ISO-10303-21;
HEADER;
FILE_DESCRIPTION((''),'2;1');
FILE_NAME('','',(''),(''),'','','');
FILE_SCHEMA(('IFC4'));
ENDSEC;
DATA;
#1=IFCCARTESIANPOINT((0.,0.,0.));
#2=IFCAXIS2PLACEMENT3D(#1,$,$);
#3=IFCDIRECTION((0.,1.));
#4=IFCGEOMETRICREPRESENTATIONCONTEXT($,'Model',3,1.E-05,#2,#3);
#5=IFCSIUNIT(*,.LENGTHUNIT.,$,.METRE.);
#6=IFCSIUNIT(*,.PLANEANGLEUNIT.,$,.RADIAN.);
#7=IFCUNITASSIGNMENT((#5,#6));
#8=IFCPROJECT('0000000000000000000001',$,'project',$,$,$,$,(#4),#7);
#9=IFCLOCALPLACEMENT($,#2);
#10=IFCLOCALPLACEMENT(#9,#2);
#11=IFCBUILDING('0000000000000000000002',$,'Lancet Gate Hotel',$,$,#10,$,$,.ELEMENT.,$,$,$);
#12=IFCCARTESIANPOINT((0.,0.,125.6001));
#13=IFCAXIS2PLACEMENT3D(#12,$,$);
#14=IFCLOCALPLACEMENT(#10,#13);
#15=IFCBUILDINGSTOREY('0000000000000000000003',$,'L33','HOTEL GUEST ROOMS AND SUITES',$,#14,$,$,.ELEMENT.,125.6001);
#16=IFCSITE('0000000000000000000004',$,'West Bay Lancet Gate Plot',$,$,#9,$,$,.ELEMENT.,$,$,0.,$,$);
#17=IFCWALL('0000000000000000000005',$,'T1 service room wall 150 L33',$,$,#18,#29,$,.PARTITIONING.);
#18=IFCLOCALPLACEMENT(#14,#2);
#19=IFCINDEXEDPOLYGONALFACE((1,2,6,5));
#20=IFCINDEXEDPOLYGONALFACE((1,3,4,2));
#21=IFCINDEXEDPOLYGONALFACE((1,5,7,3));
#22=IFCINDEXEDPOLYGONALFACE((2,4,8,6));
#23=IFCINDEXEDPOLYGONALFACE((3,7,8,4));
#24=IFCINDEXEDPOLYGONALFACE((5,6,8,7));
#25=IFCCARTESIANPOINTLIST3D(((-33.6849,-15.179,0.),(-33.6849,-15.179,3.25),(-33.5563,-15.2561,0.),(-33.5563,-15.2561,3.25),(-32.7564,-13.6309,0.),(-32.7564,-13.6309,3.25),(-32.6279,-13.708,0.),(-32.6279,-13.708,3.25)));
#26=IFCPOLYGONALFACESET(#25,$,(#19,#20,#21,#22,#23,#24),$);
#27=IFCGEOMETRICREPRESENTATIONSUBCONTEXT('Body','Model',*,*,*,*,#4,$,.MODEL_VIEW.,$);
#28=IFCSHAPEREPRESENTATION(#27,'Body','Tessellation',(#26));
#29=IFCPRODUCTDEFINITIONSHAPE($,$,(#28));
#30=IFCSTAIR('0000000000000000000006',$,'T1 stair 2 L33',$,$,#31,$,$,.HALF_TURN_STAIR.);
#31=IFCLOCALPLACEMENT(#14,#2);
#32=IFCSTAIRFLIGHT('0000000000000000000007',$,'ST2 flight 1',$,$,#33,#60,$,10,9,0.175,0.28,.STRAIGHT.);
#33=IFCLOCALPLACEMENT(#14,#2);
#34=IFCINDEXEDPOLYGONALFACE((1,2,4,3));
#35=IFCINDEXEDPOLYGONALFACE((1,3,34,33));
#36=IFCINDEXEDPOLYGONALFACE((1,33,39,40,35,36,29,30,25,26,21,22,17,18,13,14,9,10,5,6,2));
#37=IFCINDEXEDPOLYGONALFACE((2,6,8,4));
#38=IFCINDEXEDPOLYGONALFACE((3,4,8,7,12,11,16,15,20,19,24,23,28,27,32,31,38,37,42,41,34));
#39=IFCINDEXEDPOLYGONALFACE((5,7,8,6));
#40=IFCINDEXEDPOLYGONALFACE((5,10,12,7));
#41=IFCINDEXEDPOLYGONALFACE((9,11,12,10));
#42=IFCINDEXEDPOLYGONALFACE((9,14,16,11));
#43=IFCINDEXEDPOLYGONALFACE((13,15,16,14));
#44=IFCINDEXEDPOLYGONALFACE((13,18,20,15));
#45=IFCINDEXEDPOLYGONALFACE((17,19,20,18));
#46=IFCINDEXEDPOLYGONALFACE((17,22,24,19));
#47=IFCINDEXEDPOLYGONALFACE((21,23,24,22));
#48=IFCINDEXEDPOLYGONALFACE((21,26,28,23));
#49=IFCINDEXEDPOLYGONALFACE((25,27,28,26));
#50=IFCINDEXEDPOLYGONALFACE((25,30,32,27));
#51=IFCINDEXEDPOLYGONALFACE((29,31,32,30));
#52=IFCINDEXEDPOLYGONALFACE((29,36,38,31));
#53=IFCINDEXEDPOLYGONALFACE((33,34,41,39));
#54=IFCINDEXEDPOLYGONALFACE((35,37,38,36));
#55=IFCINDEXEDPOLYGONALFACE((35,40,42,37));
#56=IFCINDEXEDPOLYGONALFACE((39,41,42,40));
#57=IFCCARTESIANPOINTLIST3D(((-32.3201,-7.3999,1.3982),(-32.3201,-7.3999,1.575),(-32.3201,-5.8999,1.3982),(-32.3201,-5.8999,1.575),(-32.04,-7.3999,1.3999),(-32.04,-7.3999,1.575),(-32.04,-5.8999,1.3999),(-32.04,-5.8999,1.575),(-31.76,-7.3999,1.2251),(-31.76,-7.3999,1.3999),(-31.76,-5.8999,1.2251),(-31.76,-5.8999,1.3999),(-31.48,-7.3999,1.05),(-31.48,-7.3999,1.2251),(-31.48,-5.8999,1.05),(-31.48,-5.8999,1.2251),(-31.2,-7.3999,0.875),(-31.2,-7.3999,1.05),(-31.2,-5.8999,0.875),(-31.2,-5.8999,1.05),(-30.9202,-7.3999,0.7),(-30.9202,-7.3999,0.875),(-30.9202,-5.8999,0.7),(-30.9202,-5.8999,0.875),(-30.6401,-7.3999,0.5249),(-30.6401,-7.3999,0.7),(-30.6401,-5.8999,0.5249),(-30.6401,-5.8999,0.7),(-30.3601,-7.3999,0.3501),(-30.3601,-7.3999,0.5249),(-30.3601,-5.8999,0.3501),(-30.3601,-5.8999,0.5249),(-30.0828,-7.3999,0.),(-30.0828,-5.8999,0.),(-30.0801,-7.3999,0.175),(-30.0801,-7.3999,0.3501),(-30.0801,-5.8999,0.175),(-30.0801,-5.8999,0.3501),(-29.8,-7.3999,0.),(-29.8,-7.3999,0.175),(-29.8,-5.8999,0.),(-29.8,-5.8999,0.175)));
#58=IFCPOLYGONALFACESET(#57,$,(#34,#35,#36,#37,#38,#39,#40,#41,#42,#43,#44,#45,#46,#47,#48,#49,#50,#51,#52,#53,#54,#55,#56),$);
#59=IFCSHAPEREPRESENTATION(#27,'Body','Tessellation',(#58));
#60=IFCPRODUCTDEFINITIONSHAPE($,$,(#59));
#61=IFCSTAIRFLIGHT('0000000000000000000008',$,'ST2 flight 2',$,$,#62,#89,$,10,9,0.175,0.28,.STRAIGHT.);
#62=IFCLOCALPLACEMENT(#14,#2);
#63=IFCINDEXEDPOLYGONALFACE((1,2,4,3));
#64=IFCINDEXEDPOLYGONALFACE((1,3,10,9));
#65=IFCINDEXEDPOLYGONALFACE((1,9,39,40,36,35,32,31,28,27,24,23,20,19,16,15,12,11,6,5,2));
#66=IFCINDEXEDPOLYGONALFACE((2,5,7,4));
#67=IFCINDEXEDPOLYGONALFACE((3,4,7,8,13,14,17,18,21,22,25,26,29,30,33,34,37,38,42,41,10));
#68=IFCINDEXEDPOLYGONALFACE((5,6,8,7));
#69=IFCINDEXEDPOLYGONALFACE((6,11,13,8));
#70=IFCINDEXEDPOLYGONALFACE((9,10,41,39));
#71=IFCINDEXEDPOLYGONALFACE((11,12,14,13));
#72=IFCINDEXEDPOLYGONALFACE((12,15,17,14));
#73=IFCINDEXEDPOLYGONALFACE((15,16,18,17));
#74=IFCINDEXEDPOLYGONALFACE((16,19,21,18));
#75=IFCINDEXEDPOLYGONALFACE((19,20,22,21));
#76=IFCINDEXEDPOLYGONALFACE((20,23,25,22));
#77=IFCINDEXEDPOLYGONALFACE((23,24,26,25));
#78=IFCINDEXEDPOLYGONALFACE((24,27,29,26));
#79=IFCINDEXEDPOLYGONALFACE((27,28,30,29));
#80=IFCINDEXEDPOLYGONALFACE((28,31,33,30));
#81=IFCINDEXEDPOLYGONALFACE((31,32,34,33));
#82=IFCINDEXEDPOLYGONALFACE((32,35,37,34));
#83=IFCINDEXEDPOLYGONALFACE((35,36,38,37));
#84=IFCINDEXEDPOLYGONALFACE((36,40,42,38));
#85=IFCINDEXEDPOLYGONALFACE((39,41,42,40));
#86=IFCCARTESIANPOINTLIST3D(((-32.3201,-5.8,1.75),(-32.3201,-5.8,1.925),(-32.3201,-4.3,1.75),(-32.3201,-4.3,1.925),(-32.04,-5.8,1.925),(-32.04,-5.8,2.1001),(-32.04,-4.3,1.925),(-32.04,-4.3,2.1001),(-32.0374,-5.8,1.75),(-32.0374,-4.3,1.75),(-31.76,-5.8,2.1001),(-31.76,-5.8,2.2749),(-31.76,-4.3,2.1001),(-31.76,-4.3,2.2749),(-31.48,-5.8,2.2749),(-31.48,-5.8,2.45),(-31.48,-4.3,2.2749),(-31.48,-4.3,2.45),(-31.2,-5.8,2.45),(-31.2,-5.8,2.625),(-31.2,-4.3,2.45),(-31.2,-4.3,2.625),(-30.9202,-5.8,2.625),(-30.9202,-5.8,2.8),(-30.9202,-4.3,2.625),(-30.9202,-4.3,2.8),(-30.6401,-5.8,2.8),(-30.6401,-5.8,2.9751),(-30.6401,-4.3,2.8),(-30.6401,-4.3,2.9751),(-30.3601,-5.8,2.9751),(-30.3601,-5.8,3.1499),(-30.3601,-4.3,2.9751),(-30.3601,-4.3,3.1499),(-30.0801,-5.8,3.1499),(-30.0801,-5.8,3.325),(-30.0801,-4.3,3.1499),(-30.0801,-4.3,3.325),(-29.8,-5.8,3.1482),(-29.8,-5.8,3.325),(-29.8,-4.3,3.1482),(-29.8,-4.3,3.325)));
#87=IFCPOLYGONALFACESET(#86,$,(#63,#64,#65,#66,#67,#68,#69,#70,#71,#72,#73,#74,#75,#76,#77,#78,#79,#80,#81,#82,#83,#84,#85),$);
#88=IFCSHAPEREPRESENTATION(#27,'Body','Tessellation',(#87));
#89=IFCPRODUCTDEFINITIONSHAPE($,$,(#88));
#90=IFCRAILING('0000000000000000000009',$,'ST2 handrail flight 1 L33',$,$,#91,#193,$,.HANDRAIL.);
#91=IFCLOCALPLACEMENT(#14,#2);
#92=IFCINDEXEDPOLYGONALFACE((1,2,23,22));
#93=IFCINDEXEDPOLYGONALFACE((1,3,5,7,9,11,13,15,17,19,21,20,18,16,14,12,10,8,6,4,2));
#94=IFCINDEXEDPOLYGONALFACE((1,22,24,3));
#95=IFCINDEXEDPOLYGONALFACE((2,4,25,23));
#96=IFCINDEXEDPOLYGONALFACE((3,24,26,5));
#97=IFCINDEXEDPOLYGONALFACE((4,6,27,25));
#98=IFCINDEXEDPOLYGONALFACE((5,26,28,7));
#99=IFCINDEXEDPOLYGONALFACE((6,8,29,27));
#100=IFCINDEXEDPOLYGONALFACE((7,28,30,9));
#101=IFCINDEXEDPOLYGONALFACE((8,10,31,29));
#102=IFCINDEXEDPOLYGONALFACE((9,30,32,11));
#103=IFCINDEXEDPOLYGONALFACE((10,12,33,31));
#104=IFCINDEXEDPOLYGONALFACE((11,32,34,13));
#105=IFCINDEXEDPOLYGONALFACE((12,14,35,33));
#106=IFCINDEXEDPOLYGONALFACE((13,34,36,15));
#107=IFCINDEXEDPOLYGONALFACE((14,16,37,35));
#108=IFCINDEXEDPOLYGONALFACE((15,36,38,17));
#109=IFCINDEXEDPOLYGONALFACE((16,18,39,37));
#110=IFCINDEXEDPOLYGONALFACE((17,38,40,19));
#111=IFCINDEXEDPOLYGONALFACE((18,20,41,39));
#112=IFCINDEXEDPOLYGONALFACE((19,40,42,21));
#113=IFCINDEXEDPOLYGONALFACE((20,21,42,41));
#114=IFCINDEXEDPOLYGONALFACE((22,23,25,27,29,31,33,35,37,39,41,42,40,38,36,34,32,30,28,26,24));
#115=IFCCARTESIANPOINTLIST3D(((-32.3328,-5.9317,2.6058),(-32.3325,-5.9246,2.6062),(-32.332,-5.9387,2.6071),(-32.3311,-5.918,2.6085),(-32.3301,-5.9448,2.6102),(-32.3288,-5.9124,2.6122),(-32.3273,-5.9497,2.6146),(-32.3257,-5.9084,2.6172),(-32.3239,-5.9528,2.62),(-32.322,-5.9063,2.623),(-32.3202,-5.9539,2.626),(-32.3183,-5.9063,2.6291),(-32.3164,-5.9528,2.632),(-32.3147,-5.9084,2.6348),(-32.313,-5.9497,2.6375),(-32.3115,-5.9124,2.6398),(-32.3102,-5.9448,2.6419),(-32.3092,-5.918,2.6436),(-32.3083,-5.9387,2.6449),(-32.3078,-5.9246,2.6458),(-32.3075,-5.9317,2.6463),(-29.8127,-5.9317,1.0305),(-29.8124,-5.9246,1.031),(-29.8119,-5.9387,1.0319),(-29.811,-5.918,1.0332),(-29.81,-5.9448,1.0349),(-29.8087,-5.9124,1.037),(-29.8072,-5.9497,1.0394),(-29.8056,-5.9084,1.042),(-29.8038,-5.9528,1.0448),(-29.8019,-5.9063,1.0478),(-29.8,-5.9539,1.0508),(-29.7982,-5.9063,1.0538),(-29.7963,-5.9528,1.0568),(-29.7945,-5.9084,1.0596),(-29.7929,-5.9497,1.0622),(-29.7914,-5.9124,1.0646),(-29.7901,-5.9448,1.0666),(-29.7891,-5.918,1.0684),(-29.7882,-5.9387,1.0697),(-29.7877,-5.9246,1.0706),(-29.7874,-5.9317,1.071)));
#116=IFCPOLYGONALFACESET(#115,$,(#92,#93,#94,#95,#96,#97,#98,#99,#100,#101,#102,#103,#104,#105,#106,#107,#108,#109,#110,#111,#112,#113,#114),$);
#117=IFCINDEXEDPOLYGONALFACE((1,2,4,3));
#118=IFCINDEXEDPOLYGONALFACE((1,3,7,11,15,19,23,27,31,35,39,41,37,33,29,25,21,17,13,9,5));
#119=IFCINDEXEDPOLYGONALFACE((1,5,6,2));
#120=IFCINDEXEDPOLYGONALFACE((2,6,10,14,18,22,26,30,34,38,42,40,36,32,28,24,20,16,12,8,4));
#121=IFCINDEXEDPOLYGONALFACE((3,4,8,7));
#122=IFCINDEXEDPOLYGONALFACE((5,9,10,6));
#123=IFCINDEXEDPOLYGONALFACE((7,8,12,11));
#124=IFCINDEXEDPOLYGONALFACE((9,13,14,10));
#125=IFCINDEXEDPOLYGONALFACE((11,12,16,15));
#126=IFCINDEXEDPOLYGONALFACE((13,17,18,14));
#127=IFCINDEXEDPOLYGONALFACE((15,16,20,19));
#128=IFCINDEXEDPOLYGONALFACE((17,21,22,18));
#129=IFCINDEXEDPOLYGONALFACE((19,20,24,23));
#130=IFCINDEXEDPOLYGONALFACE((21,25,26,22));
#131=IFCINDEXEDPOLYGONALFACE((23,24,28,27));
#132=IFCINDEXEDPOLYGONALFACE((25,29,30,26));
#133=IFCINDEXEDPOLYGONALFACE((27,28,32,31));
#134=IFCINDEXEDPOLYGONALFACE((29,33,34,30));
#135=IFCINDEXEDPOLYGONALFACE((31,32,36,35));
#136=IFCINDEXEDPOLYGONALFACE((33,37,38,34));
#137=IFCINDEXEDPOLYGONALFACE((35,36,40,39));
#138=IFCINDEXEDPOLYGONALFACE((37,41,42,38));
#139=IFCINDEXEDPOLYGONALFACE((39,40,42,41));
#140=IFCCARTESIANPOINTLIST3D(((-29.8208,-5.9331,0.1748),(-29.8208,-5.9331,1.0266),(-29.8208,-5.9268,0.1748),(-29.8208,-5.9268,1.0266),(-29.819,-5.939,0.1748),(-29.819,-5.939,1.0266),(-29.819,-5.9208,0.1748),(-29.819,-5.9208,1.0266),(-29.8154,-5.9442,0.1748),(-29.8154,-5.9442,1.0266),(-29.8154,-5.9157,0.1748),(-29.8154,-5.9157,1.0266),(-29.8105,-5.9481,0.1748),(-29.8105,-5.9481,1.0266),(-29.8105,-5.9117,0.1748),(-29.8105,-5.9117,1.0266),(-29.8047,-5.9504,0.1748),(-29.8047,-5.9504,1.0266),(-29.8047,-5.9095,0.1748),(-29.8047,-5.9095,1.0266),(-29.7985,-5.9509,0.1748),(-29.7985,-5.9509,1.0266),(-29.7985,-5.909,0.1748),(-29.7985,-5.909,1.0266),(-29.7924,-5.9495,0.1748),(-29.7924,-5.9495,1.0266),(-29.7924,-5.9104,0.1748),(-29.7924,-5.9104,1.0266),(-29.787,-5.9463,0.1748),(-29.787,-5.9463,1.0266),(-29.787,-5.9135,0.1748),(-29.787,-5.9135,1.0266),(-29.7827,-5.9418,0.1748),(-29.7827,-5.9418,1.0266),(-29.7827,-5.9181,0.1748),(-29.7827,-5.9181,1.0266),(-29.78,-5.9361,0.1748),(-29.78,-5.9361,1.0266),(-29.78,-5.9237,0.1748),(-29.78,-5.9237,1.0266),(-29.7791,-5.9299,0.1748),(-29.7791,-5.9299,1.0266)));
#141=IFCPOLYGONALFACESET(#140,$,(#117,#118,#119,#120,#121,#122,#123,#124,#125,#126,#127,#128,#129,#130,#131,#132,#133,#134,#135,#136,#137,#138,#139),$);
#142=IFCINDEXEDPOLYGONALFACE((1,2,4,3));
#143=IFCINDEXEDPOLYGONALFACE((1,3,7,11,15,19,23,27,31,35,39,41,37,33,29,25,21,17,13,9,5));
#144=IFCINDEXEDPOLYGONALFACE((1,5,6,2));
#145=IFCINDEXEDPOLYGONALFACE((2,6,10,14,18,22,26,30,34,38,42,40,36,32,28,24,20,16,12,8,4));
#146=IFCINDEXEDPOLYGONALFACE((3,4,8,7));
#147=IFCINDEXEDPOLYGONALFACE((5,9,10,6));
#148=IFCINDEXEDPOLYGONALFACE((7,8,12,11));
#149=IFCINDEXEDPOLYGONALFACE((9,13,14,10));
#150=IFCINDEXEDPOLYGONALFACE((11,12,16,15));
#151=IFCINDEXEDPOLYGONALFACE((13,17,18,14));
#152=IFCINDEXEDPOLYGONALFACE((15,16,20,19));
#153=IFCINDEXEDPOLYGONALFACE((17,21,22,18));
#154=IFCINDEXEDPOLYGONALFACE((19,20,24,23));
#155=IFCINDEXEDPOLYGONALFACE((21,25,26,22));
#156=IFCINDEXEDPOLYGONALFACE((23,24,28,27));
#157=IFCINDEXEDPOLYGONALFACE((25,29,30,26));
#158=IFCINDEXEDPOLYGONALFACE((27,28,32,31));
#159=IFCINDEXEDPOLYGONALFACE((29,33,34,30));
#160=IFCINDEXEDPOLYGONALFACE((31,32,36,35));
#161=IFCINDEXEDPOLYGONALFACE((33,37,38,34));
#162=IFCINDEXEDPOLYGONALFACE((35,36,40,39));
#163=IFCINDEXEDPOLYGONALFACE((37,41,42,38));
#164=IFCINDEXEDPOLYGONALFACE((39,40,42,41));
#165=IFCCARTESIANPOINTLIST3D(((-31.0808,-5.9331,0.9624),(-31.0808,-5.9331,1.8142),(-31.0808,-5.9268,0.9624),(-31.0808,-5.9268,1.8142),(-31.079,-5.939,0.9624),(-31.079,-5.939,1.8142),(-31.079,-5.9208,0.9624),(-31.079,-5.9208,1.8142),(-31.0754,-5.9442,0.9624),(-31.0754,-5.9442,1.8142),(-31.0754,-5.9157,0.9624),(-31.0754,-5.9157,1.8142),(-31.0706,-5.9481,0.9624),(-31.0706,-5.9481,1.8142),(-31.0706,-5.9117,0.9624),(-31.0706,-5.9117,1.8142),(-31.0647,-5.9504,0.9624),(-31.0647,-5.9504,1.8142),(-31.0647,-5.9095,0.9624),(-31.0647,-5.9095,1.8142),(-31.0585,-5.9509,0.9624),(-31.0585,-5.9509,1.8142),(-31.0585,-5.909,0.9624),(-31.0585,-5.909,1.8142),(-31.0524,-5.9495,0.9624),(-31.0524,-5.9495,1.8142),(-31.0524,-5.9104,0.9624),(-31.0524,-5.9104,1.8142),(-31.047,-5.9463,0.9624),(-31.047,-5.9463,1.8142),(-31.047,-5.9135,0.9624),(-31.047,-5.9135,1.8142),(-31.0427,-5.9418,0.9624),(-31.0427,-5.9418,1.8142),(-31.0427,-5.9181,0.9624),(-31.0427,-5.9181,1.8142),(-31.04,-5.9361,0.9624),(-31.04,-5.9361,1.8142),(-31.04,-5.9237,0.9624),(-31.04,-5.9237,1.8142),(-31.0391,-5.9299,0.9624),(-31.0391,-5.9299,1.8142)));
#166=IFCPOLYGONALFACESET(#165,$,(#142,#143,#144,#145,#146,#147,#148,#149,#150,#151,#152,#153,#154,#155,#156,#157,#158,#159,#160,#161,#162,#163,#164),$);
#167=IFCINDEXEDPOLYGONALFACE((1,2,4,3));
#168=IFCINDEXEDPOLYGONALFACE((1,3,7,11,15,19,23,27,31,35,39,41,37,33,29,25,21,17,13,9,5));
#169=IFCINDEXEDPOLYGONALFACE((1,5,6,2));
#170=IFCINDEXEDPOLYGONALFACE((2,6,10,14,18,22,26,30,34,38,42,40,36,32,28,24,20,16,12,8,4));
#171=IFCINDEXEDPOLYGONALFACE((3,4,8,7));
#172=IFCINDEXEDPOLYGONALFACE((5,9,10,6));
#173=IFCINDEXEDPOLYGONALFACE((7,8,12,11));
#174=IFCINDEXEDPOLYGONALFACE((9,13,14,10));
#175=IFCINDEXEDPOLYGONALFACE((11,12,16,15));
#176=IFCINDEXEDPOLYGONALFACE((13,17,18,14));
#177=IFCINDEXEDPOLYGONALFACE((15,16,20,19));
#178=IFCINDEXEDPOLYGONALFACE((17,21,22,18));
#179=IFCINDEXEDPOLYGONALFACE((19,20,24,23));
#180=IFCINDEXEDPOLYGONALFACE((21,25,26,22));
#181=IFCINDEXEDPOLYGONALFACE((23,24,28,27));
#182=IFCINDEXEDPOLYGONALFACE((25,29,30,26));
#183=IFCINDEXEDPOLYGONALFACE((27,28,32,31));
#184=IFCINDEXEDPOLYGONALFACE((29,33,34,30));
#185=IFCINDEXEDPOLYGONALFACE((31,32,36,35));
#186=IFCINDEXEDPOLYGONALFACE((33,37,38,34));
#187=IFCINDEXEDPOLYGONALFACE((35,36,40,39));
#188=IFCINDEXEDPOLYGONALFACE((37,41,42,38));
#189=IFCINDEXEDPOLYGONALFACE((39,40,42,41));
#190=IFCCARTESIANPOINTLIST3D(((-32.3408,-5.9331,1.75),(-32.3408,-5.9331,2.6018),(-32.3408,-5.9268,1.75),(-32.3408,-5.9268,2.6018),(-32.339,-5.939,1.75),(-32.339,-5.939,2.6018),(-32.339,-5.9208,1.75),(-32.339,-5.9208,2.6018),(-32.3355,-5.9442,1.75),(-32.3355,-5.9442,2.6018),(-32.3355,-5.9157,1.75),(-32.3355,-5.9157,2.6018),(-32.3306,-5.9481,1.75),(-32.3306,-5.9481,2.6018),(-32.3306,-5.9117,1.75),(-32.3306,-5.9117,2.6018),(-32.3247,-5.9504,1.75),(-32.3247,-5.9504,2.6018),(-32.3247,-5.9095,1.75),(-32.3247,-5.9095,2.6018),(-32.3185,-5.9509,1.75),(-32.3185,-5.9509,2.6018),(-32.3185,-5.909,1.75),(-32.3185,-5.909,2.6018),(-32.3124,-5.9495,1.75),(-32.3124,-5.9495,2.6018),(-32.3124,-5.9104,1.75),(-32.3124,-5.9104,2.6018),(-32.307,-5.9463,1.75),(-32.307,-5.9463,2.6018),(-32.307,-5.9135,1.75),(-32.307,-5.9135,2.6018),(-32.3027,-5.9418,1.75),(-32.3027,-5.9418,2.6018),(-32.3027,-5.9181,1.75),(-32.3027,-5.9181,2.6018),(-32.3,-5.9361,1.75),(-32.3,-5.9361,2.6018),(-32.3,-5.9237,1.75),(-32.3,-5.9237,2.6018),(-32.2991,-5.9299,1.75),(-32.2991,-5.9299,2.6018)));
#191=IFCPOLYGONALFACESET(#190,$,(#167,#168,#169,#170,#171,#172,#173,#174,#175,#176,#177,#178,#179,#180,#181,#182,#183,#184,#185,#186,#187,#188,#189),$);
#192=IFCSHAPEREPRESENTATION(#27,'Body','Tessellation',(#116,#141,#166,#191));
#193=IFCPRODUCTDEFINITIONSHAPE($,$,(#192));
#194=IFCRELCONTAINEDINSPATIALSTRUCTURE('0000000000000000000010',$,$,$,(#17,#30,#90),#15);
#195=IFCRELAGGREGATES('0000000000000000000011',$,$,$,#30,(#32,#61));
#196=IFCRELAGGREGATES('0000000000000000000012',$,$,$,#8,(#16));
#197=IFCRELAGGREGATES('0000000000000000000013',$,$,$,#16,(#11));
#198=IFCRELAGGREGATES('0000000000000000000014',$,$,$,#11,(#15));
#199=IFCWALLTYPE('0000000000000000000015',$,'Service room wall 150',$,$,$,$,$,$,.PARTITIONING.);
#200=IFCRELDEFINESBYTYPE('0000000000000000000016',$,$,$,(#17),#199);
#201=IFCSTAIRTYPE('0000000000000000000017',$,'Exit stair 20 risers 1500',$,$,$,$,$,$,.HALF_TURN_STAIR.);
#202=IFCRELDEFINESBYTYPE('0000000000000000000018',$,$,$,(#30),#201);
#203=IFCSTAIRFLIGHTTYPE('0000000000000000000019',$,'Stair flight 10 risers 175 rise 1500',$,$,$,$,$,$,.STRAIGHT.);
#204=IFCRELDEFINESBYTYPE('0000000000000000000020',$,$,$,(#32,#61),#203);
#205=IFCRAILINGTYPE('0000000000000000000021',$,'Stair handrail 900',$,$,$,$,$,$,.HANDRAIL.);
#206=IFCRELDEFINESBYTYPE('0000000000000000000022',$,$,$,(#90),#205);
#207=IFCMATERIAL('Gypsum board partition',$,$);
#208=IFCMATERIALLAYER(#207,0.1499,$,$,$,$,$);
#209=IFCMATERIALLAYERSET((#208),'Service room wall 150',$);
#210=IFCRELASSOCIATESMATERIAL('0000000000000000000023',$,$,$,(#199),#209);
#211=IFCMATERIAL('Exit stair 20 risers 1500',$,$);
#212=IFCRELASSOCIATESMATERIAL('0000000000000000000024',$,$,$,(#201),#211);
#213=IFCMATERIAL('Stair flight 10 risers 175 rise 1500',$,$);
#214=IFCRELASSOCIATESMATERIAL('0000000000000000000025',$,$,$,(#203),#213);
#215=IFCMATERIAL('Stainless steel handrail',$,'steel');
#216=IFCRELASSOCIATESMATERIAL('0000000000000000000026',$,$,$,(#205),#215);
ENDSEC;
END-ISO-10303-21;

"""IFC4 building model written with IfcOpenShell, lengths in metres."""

from ifc_helpers import new_model, si_unit, direction, frame, frame_2d, origin, origin_2d, place, context, subcontext, project, spatial, polyline, rectangle, circle, outline, extrude, material, layer, layer_set, type_object, element, aggregate, save


model = new_model("IFC4")

# Units and contexts
model_context = context("Model", 3, precision=1e-05, world=origin(), true_north=direction((0.0, 1.0)))
body_context = subcontext(model_context, "Body", "Model", "MODEL_VIEW")
ifc_project = project(units=[si_unit("LENGTHUNIT", "METRE"), si_unit("PLANEANGLEUNIT", "RADIAN")], contexts=[model_context])

# Site, building, storey
site_placement = place(None, origin())
site = spatial("IfcSite", under=ifc_project, at=site_placement, Name="West Bay Lancet Gate Plot", CompositionType="ELEMENT", RefElevation=0.0)
building_placement = place(site_placement, origin())
building = spatial("IfcBuilding", under=site, at=building_placement, Name="Lancet Gate Hotel", CompositionType="ELEMENT")
storey_placement = place(building_placement, frame((0.0, 0.0, 125.6001)))
storey = spatial("IfcBuildingStorey", under=building, at=storey_placement, Name="L33", Description="HOTEL GUEST ROOMS AND SUITES", CompositionType="ELEMENT", Elevation=125.6001)

# Wall
ifc_material_1 = material(Name="Gypsum board partition")
ifc_layer_1 = layer(ifc_material_1, 0.1499)
ifc_layer_set_1 = layer_set([ifc_layer_1], Name="Service room wall 150")
wall_type_1 = type_object("IfcWallType", Name="Service room wall 150", PredefinedType="PARTITIONING", material=ifc_layer_set_1)
wall_1_placement = place(storey_placement, frame((-33.6206, -15.2175, 0.0), z_axis=(0.0, 0.0, 1.0), x_axis=(0.514337, 0.857588, 0.0)))
element("IfcWall", 1, at=wall_1_placement, inside=storey, type_object=wall_type_1, Name="T1 service room wall 150 L33", PredefinedType="PARTITIONING", context=body_context, shape_type="SweptSolid", body=[
    extrude(rectangle(XDim=1.8052, YDim=0.1499, at=frame_2d((0.9026, 0.0))), origin(), (0.0, 0.0, 1.0), 3.25),
])

# Stair, stair flights
ifc_material_2 = material(Name="Exit stair 20 risers 1500")
stair_type = type_object("IfcStairType", Name="Exit stair 20 risers 1500", PredefinedType="HALF_TURN_STAIR", material=ifc_material_2)
stair_placement = place(storey_placement, origin())
stair = element("IfcStair", 2, at=stair_placement, inside=storey, type_object=stair_type, Name="T1 stair 2 L33", PredefinedType="HALF_TURN_STAIR")
ifc_material_3 = material(Name="Stair flight 10 risers 175 rise 1500")
stair_flight_type = type_object("IfcStairFlightType", Name="Stair flight 10 risers 175 rise 1500", PredefinedType="STRAIGHT", material=ifc_material_3)
stair_flight_1_placement = place(storey_placement, frame((-29.8, -6.6499, 0.0), z_axis=(0.0, 0.0, 1.0), x_axis=(-1.0, 0.0, 0.0)))
stair_flight_1 = element("IfcStairFlight", 3, at=stair_flight_1_placement, type_object=stair_flight_type, Name="ST2 flight 1", NumberOfRisers=10, NumberOfTreads=9, PredefinedType="STRAIGHT", RiserHeight=0.175, TreadLength=0.28, context=body_context, shape_type="SweptSolid", body=[
    extrude(outline(polyline([(0.0, 0.0), (0.0, 0.175), (0.28, 0.175), (0.28, 0.3501), (0.5601, 0.3501), (0.5601, 0.5249), (0.8401, 0.5249), (0.8401, 0.7), (1.1201, 0.7), (1.1201, 0.875), (1.3999, 0.875), (1.3999, 1.05), (1.6799, 1.05), (1.6799, 1.2251), (1.96, 1.2251), (1.96, 1.3999), (2.24, 1.3999), (2.24, 1.575), (2.52, 1.575), (2.52, 1.75), (2.52, 1.3982), (0.2827, 0.0), (0.0, 0.0)])), frame((0.0, 0.75, 0.0), z_axis=(0.0, -1.0, 0.0), x_axis=(1.0, 0.0, 0.0)), (0.0, 0.0, 1.0), 1.5),
])
stair_flight_2_placement = place(storey_placement, frame((-32.3201, -5.05, 1.75), z_axis=(0.0, 0.0, 1.0), x_axis=(1.0, 0.0, 0.0)))
stair_flight_2 = element("IfcStairFlight", 4, at=stair_flight_2_placement, type_object=stair_flight_type, Name="ST2 flight 2", NumberOfRisers=10, NumberOfTreads=9, PredefinedType="STRAIGHT", RiserHeight=0.175, TreadLength=0.28, context=body_context, shape_type="SweptSolid", body=[
    extrude(outline(polyline([(0.0, 0.0), (0.0, 0.175), (0.28, 0.175), (0.28, 0.3501), (0.5601, 0.3501), (0.5601, 0.5249), (0.8401, 0.5249), (0.8401, 0.7), (1.1201, 0.7), (1.1201, 0.875), (1.3999, 0.875), (1.3999, 1.05), (1.6799, 1.05), (1.6799, 1.2251), (1.96, 1.2251), (1.96, 1.3999), (2.24, 1.3999), (2.24, 1.575), (2.52, 1.575), (2.52, 1.75), (2.52, 1.3982), (0.2827, 0.0), (0.0, 0.0)])), frame((0.0, 0.75, 0.0), z_axis=(0.0, -1.0, 0.0), x_axis=(1.0, 0.0, 0.0)), (0.0, 0.0, 1.0), 1.5),
])
aggregate(stair, [stair_flight_1, stair_flight_2])

# Railing
ifc_material_4 = material(Name="Stainless steel handrail", Category="steel")
railing_type = type_object("IfcRailingType", Name="Stair handrail 900", PredefinedType="HANDRAIL", material=ifc_material_4)
railing_1_placement = place(storey_placement, frame((-29.8, -5.9299, 0.1748)))
element("IfcRailing", 5, at=railing_1_placement, inside=storey, type_object=railing_type, Name="ST2 handrail flight 1 L33", PredefinedType="HANDRAIL", context=body_context, shape_type="SweptSolid", body=[
    extrude(circle(Radius=0.0239, at=origin_2d()), frame((0.0, 0.0, 0.876), z_axis=(-0.847971, 0.0, 0.530043), x_axis=(0.0, -1.0, 0.0)), (0.0, 0.0, 1.0), 2.9719),
    extrude(circle(Radius=0.021, at=origin_2d()), origin(), (0.0, 0.0, 1.0), 0.8518),
    extrude(circle(Radius=0.021, at=origin_2d()), frame((-1.26, 0.0, 0.7876)), (0.0, 0.0, 1.0), 0.8518),
    extrude(circle(Radius=0.021, at=origin_2d()), frame((-2.52, 0.0, 1.5752)), (0.0, 0.0, 1.0), 0.8518),
])

save(model, "model.ifc")
